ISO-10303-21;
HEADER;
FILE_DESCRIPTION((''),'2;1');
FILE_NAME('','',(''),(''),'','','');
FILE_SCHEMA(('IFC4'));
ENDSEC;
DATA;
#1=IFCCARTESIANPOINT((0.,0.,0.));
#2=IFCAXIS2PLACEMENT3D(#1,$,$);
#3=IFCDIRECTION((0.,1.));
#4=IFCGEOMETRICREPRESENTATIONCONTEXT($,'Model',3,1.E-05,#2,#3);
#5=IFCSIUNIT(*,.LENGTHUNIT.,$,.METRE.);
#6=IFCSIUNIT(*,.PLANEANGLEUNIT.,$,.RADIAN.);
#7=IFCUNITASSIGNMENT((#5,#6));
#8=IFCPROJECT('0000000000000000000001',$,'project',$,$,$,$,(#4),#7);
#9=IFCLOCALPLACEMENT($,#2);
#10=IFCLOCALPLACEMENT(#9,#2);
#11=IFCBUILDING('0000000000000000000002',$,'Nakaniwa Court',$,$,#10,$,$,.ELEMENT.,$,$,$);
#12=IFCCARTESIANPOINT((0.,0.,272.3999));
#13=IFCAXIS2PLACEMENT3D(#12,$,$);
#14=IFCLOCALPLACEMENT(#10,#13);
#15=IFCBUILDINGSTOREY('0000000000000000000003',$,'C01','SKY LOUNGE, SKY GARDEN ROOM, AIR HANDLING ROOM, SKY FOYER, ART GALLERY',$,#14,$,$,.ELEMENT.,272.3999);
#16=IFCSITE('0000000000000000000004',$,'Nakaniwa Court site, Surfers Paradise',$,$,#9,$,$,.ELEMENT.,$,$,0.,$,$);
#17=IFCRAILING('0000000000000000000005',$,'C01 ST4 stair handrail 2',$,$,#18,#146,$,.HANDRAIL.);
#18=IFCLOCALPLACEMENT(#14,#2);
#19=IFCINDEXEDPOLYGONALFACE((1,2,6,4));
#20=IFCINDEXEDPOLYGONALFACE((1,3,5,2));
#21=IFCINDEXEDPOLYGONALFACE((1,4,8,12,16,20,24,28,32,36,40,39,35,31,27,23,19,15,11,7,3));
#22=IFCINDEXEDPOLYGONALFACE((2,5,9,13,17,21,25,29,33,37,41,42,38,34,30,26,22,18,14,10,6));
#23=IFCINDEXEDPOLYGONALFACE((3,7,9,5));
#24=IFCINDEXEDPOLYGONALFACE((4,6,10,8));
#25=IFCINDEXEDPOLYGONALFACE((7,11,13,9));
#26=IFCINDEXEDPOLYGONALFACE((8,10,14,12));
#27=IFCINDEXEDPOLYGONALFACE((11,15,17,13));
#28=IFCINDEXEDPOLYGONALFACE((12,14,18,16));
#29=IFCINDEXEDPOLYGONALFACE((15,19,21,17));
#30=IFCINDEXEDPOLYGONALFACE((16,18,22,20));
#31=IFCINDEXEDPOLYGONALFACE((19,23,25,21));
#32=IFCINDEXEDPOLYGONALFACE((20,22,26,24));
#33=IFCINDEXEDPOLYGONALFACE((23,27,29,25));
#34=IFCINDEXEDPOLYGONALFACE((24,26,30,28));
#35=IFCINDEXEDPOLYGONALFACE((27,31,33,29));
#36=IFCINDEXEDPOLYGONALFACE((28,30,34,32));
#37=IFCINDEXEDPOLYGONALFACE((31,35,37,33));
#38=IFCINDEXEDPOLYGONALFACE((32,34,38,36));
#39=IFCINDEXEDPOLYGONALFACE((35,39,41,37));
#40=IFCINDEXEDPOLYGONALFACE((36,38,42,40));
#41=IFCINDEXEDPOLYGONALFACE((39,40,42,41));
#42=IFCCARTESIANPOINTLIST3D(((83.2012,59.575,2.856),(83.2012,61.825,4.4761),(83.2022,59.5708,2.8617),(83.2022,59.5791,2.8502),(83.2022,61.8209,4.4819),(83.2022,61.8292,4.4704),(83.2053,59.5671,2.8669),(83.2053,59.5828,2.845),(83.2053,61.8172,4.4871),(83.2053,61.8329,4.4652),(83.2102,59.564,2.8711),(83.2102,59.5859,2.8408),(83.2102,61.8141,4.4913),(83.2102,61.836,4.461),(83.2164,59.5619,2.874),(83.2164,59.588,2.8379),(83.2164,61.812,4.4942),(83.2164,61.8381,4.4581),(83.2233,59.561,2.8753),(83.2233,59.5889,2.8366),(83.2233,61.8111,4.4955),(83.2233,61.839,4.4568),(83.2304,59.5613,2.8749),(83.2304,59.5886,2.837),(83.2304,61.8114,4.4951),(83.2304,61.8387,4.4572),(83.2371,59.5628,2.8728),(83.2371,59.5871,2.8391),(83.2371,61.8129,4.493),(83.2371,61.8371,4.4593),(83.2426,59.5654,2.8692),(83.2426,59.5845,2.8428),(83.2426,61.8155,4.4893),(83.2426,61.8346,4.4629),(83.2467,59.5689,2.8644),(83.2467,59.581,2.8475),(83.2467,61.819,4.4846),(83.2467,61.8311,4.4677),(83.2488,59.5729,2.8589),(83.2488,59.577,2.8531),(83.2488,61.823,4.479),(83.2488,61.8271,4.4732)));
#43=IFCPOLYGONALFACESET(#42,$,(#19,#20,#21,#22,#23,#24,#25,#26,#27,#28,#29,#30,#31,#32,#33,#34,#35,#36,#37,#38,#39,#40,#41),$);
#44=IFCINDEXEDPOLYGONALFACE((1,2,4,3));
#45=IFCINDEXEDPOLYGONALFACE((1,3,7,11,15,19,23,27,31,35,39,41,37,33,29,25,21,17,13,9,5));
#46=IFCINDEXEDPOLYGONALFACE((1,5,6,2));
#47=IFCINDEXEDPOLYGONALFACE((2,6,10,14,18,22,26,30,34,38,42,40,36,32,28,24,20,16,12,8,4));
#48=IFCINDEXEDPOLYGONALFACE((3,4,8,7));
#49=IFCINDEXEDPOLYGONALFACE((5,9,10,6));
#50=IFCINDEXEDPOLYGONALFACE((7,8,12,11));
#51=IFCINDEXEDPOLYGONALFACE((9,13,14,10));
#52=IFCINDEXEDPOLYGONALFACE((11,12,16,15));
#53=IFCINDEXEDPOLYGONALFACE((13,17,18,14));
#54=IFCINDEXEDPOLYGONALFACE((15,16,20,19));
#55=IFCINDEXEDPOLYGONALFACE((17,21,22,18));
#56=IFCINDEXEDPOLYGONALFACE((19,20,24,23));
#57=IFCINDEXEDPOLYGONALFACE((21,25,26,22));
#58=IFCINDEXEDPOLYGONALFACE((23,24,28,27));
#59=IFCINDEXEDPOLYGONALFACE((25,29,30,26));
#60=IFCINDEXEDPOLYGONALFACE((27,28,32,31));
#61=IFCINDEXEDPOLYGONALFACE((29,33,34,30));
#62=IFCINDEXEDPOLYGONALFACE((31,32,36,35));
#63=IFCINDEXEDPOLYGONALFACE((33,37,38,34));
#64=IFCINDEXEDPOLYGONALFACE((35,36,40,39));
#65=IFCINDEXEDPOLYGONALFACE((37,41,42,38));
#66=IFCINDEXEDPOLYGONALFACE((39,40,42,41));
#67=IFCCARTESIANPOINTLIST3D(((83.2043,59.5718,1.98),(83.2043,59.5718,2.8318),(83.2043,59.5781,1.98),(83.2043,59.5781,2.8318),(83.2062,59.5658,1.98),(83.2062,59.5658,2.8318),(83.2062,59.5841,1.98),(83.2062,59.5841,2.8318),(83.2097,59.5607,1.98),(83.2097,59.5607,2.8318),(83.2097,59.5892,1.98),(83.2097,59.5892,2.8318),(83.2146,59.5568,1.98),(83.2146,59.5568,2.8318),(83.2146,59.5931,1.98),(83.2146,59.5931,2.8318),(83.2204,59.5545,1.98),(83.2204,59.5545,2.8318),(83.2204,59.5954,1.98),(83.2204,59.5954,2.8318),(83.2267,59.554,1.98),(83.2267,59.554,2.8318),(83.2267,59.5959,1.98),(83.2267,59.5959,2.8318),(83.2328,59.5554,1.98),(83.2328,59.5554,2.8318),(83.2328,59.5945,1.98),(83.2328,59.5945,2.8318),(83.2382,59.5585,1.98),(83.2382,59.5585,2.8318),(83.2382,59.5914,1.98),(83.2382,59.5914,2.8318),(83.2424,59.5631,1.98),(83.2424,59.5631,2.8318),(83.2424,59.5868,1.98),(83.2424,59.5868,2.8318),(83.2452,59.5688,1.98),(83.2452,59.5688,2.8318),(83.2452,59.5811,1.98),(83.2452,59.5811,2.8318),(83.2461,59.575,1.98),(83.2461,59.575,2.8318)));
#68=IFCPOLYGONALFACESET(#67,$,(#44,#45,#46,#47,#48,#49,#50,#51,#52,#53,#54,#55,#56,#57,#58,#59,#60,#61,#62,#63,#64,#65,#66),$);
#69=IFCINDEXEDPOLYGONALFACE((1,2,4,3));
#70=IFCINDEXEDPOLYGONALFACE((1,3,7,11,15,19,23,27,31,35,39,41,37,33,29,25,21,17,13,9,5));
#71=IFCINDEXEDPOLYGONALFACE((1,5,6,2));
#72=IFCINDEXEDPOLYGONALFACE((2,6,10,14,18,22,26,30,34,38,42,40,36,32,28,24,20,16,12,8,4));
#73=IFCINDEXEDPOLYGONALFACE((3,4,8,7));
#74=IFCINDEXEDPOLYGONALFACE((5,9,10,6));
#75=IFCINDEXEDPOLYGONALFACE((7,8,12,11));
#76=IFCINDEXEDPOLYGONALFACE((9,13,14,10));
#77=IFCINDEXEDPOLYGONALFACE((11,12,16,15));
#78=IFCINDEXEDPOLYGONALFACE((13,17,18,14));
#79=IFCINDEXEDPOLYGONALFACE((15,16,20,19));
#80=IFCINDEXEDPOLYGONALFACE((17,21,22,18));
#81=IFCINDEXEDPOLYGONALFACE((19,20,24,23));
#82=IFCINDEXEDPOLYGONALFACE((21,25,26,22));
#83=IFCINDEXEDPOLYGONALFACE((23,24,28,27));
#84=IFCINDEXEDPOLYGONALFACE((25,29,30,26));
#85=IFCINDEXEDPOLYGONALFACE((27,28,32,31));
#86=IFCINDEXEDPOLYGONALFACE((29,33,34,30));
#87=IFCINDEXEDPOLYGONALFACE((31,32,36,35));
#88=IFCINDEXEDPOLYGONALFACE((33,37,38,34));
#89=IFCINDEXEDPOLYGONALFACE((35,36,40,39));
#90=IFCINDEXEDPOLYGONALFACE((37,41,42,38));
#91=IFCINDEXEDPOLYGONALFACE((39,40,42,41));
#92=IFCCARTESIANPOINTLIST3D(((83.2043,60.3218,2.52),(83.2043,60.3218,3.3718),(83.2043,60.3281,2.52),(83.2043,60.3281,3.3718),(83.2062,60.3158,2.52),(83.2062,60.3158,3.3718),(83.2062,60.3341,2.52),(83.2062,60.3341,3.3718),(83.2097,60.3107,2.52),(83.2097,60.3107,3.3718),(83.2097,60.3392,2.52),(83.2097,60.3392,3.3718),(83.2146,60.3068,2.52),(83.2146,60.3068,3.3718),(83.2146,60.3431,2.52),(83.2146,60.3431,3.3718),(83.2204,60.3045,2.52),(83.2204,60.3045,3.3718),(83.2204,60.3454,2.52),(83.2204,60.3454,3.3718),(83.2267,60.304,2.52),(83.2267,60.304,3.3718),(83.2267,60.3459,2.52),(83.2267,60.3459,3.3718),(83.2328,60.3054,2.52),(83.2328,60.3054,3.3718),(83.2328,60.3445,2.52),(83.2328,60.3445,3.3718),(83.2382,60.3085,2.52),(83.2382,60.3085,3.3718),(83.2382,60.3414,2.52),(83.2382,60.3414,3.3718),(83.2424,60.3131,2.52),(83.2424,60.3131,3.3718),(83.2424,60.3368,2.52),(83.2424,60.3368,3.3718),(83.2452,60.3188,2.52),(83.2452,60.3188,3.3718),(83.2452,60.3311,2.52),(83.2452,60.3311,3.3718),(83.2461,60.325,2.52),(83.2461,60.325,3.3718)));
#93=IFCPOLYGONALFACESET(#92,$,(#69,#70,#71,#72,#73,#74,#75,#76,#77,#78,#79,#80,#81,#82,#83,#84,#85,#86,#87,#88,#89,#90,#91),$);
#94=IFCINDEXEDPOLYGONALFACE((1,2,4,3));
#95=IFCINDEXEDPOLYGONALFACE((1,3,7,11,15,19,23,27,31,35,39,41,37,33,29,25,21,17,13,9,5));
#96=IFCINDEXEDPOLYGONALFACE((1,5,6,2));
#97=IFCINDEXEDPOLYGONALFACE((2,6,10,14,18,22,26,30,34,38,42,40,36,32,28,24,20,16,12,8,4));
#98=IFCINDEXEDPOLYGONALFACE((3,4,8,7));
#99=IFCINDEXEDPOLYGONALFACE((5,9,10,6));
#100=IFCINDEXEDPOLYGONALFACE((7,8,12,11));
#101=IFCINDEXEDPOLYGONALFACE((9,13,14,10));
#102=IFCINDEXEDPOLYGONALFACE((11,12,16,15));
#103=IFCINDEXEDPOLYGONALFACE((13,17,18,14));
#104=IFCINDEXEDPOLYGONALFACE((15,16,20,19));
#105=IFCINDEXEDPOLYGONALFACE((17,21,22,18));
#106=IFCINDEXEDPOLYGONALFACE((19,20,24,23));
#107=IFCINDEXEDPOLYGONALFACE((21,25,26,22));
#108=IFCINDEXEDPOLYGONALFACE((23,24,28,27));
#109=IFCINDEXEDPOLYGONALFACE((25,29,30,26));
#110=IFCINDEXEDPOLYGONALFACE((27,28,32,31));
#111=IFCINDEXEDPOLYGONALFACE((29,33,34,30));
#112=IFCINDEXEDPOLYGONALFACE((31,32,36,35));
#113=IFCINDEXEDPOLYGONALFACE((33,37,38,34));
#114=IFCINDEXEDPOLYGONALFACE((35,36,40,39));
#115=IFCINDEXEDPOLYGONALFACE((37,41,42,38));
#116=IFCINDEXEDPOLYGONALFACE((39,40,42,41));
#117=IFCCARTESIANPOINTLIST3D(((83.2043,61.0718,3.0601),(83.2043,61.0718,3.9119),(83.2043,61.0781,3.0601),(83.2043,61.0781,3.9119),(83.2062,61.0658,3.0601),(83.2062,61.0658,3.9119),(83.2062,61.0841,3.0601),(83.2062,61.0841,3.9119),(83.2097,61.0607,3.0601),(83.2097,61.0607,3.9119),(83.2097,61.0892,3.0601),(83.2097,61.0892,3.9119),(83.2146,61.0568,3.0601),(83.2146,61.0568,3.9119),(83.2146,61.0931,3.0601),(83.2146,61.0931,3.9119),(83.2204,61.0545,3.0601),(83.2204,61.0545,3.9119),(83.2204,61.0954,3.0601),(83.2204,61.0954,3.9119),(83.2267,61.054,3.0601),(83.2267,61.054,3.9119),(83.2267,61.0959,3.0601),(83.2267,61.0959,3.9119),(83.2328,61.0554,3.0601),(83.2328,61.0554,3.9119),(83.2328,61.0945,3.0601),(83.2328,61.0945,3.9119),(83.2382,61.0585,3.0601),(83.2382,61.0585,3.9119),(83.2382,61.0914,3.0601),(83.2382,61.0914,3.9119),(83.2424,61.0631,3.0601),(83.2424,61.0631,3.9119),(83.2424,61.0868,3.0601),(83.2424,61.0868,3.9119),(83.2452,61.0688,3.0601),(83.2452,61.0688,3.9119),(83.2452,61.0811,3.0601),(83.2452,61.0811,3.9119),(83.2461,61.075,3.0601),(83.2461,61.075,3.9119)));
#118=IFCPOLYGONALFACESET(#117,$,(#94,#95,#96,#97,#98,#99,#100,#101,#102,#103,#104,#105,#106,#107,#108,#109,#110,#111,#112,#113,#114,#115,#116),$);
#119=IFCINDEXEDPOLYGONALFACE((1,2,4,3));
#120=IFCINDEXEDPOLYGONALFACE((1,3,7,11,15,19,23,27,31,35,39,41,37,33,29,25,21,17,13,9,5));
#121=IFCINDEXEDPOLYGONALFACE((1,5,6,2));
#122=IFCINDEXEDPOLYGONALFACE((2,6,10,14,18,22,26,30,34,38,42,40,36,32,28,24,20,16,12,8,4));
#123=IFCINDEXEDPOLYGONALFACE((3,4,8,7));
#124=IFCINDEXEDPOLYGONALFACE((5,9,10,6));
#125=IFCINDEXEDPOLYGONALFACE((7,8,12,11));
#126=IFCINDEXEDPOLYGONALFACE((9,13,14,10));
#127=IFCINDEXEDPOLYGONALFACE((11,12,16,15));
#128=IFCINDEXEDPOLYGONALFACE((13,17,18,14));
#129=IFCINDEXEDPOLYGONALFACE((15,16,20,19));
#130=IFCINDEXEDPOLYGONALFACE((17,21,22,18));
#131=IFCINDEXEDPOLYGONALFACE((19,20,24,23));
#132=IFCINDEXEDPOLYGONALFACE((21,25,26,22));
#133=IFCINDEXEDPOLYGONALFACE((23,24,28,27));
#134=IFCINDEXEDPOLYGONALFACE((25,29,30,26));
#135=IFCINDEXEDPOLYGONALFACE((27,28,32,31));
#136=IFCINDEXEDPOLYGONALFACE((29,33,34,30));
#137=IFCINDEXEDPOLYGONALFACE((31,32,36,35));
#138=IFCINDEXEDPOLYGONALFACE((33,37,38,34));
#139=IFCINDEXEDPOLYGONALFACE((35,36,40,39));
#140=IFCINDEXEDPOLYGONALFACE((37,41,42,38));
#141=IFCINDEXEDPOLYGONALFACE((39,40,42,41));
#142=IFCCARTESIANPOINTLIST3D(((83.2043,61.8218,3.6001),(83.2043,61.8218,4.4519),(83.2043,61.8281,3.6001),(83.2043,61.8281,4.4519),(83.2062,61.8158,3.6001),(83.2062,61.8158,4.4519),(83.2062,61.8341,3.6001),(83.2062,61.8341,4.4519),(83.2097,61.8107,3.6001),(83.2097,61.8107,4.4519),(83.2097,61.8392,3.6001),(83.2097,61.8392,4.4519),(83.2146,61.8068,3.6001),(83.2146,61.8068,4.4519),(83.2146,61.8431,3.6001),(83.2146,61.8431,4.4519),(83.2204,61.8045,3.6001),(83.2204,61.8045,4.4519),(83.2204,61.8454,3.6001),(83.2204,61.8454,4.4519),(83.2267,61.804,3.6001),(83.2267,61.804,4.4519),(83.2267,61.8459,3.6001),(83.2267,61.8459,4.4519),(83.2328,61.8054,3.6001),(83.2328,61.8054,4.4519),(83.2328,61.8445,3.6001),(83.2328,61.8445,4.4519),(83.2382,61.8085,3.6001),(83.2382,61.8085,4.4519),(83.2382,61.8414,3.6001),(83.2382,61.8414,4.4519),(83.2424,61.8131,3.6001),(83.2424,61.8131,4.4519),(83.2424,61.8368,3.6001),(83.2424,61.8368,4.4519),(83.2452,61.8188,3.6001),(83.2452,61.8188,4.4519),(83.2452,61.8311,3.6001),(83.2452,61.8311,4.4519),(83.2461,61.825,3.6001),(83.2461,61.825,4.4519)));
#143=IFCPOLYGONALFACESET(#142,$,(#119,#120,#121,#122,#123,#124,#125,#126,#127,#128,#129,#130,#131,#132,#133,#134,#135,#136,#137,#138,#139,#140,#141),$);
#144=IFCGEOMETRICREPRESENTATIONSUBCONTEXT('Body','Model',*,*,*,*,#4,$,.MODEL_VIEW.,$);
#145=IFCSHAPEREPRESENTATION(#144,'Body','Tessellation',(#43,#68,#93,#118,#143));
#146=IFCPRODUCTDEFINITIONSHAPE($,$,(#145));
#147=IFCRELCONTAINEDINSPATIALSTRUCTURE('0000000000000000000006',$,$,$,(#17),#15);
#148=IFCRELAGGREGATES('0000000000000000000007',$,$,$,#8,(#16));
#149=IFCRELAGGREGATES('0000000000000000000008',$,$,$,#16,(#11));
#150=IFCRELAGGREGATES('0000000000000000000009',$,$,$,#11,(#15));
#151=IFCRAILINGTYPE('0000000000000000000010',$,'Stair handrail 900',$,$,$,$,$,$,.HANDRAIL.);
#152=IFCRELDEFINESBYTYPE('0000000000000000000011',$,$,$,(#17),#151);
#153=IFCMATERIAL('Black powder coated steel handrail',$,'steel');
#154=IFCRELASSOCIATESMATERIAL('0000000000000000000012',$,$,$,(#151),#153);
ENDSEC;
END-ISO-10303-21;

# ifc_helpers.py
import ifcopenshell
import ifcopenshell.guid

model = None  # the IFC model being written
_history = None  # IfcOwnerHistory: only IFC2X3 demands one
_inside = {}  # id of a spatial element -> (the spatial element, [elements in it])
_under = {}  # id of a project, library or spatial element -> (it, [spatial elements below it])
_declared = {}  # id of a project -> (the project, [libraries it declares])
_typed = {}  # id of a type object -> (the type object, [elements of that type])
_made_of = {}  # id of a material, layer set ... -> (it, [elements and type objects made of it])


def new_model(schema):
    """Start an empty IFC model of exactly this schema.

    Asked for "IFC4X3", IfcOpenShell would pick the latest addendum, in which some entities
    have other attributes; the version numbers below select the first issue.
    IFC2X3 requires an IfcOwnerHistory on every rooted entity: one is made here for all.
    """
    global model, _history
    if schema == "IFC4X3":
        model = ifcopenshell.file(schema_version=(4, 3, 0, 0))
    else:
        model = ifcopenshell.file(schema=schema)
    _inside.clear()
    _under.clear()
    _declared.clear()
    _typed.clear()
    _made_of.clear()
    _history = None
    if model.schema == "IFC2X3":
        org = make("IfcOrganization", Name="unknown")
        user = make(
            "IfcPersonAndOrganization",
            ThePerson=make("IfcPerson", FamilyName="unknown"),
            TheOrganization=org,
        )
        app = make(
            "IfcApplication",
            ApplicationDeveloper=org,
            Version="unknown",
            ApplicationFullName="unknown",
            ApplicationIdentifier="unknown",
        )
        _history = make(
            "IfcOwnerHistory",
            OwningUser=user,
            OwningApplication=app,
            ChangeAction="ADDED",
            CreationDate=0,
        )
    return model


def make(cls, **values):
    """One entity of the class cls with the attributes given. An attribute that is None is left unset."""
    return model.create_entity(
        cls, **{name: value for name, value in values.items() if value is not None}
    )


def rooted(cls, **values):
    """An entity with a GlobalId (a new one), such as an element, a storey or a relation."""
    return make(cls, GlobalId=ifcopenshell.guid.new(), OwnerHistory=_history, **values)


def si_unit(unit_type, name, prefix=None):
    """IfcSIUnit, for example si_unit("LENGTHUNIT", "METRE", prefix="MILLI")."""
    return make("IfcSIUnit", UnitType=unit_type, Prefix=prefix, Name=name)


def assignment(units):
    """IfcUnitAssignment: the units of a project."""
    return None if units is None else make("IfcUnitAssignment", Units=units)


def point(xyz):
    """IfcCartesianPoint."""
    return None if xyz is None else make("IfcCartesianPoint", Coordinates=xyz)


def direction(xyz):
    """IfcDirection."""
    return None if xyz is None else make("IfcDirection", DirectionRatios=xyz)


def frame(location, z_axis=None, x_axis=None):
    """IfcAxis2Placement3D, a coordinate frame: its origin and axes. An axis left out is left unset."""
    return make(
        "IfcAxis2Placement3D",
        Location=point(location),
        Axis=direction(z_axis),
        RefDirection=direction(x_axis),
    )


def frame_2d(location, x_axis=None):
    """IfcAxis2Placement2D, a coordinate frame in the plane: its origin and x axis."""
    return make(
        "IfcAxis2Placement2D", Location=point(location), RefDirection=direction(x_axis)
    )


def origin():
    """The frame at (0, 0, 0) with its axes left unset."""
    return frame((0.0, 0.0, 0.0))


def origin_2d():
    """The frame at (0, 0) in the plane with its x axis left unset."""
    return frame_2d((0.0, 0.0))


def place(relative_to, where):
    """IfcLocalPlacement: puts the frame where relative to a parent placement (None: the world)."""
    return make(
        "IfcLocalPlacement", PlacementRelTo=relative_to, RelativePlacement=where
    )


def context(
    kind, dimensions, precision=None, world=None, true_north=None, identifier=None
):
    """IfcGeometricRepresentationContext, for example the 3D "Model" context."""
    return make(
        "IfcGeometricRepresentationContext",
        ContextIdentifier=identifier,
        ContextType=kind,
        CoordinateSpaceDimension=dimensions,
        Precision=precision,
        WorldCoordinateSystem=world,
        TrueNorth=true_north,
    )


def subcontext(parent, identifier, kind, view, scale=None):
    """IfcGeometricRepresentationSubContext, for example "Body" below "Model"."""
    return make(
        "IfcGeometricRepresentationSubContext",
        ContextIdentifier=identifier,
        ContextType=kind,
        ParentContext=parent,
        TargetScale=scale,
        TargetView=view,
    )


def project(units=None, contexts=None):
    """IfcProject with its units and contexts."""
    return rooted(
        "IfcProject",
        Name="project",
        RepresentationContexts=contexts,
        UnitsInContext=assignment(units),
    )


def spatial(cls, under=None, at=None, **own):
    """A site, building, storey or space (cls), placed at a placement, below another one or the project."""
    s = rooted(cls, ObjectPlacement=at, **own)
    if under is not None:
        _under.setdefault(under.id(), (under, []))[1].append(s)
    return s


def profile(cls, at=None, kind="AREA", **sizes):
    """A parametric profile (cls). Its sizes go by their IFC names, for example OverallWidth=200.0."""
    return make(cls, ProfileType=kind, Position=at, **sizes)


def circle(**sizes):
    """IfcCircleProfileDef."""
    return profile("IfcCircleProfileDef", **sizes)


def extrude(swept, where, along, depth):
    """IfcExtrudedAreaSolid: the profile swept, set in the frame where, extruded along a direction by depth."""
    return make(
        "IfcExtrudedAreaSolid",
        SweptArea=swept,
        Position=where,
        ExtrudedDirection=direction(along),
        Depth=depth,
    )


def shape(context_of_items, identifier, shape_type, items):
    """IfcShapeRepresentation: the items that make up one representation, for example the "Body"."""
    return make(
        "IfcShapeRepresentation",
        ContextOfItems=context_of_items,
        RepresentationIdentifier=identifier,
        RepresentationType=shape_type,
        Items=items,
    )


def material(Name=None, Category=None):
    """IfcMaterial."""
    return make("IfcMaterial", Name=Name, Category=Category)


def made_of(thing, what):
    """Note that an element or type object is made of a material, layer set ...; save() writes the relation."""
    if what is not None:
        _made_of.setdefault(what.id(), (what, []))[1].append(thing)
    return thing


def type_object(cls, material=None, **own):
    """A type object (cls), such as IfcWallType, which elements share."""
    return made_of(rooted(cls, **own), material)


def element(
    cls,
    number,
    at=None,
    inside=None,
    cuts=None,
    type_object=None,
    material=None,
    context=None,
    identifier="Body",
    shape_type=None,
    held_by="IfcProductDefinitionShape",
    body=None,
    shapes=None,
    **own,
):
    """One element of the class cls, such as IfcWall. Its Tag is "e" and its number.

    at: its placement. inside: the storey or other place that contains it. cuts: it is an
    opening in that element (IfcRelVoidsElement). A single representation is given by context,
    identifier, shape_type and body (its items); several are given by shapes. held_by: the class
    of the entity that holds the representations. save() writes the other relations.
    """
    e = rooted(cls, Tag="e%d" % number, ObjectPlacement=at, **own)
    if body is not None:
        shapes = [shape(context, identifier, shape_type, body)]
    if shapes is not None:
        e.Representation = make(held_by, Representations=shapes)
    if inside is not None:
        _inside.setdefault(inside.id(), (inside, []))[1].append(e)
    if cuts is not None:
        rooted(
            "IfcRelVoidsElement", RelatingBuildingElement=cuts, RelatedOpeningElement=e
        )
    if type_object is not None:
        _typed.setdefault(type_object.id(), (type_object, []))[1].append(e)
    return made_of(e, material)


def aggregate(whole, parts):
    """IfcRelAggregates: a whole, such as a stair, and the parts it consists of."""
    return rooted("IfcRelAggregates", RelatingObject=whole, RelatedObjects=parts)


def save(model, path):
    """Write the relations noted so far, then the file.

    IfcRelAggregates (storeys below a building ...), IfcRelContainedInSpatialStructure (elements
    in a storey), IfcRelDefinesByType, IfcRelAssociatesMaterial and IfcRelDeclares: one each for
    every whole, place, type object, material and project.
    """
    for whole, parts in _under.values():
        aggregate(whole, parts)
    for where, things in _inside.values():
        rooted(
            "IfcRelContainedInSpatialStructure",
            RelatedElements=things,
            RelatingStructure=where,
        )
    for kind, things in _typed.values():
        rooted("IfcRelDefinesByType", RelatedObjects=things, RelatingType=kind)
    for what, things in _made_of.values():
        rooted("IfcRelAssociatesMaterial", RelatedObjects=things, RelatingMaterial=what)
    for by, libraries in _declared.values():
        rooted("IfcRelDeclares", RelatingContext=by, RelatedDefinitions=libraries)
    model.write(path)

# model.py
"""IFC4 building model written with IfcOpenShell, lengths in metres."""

from ifc_helpers import new_model, si_unit, direction, frame, origin, origin_2d, place, context, subcontext, project, spatial, circle, extrude, material, type_object, element, save


model = new_model("IFC4")

# Units and contexts
model_context = context("Model", 3, precision=1e-05, world=origin(), true_north=direction((0.0, 1.0)))
body_context = subcontext(model_context, "Body", "Model", "MODEL_VIEW")
ifc_project = project(units=[si_unit("LENGTHUNIT", "METRE"), si_unit("PLANEANGLEUNIT", "RADIAN")], contexts=[model_context])

# Site, building, storey
site_placement = place(None, origin())
site = spatial("IfcSite", under=ifc_project, at=site_placement, Name="Nakaniwa Court site, Surfers Paradise", CompositionType="ELEMENT", RefElevation=0.0)
building_placement = place(site_placement, origin())
building = spatial("IfcBuilding", under=site, at=building_placement, Name="Nakaniwa Court", CompositionType="ELEMENT")
storey_placement = place(building_placement, frame((0.0, 0.0, 272.3999)))
storey = spatial("IfcBuildingStorey", under=building, at=storey_placement, Name="C01", Description="SKY LOUNGE, SKY GARDEN ROOM, AIR HANDLING ROOM, SKY FOYER, ART GALLERY", CompositionType="ELEMENT", Elevation=272.3999)

# Railing
ifc_material_1 = material(Name="Black powder coated steel handrail", Category="steel")
railing_type_1 = type_object("IfcRailingType", Name="Stair handrail 900", PredefinedType="HANDRAIL", material=ifc_material_1)
railing_1_placement = place(storey_placement, frame((83.2251, 59.575, 1.98)))
element("IfcRailing", 1, at=railing_1_placement, inside=storey, type_object=railing_type_1, Name="C01 ST4 stair handrail 2", PredefinedType="HANDRAIL", context=body_context, shape_type="SweptSolid", body=[
    extrude(circle(Radius=0.0239, at=origin_2d()), frame((0.0, 0.0, 0.876), z_axis=(0.0, 0.811514, 0.584333), x_axis=(-1.0, 0.0, 0.0)), (0.0, 0.0, 1.0), 2.7727),
    extrude(circle(Radius=0.021, at=origin_2d()), origin(), (0.0, 0.0, 1.0), 0.8518),
    extrude(circle(Radius=0.021, at=origin_2d()), frame((0.0, 0.75, 0.54)), (0.0, 0.0, 1.0), 0.8518),
    extrude(circle(Radius=0.021, at=origin_2d()), frame((0.0, 1.5, 1.0801)), (0.0, 0.0, 1.0), 0.8518),
    extrude(circle(Radius=0.021, at=origin_2d()), frame((0.0, 2.25, 1.6201)), (0.0, 0.0, 1.0), 0.8518),
])

save(model, "model.ifc")
